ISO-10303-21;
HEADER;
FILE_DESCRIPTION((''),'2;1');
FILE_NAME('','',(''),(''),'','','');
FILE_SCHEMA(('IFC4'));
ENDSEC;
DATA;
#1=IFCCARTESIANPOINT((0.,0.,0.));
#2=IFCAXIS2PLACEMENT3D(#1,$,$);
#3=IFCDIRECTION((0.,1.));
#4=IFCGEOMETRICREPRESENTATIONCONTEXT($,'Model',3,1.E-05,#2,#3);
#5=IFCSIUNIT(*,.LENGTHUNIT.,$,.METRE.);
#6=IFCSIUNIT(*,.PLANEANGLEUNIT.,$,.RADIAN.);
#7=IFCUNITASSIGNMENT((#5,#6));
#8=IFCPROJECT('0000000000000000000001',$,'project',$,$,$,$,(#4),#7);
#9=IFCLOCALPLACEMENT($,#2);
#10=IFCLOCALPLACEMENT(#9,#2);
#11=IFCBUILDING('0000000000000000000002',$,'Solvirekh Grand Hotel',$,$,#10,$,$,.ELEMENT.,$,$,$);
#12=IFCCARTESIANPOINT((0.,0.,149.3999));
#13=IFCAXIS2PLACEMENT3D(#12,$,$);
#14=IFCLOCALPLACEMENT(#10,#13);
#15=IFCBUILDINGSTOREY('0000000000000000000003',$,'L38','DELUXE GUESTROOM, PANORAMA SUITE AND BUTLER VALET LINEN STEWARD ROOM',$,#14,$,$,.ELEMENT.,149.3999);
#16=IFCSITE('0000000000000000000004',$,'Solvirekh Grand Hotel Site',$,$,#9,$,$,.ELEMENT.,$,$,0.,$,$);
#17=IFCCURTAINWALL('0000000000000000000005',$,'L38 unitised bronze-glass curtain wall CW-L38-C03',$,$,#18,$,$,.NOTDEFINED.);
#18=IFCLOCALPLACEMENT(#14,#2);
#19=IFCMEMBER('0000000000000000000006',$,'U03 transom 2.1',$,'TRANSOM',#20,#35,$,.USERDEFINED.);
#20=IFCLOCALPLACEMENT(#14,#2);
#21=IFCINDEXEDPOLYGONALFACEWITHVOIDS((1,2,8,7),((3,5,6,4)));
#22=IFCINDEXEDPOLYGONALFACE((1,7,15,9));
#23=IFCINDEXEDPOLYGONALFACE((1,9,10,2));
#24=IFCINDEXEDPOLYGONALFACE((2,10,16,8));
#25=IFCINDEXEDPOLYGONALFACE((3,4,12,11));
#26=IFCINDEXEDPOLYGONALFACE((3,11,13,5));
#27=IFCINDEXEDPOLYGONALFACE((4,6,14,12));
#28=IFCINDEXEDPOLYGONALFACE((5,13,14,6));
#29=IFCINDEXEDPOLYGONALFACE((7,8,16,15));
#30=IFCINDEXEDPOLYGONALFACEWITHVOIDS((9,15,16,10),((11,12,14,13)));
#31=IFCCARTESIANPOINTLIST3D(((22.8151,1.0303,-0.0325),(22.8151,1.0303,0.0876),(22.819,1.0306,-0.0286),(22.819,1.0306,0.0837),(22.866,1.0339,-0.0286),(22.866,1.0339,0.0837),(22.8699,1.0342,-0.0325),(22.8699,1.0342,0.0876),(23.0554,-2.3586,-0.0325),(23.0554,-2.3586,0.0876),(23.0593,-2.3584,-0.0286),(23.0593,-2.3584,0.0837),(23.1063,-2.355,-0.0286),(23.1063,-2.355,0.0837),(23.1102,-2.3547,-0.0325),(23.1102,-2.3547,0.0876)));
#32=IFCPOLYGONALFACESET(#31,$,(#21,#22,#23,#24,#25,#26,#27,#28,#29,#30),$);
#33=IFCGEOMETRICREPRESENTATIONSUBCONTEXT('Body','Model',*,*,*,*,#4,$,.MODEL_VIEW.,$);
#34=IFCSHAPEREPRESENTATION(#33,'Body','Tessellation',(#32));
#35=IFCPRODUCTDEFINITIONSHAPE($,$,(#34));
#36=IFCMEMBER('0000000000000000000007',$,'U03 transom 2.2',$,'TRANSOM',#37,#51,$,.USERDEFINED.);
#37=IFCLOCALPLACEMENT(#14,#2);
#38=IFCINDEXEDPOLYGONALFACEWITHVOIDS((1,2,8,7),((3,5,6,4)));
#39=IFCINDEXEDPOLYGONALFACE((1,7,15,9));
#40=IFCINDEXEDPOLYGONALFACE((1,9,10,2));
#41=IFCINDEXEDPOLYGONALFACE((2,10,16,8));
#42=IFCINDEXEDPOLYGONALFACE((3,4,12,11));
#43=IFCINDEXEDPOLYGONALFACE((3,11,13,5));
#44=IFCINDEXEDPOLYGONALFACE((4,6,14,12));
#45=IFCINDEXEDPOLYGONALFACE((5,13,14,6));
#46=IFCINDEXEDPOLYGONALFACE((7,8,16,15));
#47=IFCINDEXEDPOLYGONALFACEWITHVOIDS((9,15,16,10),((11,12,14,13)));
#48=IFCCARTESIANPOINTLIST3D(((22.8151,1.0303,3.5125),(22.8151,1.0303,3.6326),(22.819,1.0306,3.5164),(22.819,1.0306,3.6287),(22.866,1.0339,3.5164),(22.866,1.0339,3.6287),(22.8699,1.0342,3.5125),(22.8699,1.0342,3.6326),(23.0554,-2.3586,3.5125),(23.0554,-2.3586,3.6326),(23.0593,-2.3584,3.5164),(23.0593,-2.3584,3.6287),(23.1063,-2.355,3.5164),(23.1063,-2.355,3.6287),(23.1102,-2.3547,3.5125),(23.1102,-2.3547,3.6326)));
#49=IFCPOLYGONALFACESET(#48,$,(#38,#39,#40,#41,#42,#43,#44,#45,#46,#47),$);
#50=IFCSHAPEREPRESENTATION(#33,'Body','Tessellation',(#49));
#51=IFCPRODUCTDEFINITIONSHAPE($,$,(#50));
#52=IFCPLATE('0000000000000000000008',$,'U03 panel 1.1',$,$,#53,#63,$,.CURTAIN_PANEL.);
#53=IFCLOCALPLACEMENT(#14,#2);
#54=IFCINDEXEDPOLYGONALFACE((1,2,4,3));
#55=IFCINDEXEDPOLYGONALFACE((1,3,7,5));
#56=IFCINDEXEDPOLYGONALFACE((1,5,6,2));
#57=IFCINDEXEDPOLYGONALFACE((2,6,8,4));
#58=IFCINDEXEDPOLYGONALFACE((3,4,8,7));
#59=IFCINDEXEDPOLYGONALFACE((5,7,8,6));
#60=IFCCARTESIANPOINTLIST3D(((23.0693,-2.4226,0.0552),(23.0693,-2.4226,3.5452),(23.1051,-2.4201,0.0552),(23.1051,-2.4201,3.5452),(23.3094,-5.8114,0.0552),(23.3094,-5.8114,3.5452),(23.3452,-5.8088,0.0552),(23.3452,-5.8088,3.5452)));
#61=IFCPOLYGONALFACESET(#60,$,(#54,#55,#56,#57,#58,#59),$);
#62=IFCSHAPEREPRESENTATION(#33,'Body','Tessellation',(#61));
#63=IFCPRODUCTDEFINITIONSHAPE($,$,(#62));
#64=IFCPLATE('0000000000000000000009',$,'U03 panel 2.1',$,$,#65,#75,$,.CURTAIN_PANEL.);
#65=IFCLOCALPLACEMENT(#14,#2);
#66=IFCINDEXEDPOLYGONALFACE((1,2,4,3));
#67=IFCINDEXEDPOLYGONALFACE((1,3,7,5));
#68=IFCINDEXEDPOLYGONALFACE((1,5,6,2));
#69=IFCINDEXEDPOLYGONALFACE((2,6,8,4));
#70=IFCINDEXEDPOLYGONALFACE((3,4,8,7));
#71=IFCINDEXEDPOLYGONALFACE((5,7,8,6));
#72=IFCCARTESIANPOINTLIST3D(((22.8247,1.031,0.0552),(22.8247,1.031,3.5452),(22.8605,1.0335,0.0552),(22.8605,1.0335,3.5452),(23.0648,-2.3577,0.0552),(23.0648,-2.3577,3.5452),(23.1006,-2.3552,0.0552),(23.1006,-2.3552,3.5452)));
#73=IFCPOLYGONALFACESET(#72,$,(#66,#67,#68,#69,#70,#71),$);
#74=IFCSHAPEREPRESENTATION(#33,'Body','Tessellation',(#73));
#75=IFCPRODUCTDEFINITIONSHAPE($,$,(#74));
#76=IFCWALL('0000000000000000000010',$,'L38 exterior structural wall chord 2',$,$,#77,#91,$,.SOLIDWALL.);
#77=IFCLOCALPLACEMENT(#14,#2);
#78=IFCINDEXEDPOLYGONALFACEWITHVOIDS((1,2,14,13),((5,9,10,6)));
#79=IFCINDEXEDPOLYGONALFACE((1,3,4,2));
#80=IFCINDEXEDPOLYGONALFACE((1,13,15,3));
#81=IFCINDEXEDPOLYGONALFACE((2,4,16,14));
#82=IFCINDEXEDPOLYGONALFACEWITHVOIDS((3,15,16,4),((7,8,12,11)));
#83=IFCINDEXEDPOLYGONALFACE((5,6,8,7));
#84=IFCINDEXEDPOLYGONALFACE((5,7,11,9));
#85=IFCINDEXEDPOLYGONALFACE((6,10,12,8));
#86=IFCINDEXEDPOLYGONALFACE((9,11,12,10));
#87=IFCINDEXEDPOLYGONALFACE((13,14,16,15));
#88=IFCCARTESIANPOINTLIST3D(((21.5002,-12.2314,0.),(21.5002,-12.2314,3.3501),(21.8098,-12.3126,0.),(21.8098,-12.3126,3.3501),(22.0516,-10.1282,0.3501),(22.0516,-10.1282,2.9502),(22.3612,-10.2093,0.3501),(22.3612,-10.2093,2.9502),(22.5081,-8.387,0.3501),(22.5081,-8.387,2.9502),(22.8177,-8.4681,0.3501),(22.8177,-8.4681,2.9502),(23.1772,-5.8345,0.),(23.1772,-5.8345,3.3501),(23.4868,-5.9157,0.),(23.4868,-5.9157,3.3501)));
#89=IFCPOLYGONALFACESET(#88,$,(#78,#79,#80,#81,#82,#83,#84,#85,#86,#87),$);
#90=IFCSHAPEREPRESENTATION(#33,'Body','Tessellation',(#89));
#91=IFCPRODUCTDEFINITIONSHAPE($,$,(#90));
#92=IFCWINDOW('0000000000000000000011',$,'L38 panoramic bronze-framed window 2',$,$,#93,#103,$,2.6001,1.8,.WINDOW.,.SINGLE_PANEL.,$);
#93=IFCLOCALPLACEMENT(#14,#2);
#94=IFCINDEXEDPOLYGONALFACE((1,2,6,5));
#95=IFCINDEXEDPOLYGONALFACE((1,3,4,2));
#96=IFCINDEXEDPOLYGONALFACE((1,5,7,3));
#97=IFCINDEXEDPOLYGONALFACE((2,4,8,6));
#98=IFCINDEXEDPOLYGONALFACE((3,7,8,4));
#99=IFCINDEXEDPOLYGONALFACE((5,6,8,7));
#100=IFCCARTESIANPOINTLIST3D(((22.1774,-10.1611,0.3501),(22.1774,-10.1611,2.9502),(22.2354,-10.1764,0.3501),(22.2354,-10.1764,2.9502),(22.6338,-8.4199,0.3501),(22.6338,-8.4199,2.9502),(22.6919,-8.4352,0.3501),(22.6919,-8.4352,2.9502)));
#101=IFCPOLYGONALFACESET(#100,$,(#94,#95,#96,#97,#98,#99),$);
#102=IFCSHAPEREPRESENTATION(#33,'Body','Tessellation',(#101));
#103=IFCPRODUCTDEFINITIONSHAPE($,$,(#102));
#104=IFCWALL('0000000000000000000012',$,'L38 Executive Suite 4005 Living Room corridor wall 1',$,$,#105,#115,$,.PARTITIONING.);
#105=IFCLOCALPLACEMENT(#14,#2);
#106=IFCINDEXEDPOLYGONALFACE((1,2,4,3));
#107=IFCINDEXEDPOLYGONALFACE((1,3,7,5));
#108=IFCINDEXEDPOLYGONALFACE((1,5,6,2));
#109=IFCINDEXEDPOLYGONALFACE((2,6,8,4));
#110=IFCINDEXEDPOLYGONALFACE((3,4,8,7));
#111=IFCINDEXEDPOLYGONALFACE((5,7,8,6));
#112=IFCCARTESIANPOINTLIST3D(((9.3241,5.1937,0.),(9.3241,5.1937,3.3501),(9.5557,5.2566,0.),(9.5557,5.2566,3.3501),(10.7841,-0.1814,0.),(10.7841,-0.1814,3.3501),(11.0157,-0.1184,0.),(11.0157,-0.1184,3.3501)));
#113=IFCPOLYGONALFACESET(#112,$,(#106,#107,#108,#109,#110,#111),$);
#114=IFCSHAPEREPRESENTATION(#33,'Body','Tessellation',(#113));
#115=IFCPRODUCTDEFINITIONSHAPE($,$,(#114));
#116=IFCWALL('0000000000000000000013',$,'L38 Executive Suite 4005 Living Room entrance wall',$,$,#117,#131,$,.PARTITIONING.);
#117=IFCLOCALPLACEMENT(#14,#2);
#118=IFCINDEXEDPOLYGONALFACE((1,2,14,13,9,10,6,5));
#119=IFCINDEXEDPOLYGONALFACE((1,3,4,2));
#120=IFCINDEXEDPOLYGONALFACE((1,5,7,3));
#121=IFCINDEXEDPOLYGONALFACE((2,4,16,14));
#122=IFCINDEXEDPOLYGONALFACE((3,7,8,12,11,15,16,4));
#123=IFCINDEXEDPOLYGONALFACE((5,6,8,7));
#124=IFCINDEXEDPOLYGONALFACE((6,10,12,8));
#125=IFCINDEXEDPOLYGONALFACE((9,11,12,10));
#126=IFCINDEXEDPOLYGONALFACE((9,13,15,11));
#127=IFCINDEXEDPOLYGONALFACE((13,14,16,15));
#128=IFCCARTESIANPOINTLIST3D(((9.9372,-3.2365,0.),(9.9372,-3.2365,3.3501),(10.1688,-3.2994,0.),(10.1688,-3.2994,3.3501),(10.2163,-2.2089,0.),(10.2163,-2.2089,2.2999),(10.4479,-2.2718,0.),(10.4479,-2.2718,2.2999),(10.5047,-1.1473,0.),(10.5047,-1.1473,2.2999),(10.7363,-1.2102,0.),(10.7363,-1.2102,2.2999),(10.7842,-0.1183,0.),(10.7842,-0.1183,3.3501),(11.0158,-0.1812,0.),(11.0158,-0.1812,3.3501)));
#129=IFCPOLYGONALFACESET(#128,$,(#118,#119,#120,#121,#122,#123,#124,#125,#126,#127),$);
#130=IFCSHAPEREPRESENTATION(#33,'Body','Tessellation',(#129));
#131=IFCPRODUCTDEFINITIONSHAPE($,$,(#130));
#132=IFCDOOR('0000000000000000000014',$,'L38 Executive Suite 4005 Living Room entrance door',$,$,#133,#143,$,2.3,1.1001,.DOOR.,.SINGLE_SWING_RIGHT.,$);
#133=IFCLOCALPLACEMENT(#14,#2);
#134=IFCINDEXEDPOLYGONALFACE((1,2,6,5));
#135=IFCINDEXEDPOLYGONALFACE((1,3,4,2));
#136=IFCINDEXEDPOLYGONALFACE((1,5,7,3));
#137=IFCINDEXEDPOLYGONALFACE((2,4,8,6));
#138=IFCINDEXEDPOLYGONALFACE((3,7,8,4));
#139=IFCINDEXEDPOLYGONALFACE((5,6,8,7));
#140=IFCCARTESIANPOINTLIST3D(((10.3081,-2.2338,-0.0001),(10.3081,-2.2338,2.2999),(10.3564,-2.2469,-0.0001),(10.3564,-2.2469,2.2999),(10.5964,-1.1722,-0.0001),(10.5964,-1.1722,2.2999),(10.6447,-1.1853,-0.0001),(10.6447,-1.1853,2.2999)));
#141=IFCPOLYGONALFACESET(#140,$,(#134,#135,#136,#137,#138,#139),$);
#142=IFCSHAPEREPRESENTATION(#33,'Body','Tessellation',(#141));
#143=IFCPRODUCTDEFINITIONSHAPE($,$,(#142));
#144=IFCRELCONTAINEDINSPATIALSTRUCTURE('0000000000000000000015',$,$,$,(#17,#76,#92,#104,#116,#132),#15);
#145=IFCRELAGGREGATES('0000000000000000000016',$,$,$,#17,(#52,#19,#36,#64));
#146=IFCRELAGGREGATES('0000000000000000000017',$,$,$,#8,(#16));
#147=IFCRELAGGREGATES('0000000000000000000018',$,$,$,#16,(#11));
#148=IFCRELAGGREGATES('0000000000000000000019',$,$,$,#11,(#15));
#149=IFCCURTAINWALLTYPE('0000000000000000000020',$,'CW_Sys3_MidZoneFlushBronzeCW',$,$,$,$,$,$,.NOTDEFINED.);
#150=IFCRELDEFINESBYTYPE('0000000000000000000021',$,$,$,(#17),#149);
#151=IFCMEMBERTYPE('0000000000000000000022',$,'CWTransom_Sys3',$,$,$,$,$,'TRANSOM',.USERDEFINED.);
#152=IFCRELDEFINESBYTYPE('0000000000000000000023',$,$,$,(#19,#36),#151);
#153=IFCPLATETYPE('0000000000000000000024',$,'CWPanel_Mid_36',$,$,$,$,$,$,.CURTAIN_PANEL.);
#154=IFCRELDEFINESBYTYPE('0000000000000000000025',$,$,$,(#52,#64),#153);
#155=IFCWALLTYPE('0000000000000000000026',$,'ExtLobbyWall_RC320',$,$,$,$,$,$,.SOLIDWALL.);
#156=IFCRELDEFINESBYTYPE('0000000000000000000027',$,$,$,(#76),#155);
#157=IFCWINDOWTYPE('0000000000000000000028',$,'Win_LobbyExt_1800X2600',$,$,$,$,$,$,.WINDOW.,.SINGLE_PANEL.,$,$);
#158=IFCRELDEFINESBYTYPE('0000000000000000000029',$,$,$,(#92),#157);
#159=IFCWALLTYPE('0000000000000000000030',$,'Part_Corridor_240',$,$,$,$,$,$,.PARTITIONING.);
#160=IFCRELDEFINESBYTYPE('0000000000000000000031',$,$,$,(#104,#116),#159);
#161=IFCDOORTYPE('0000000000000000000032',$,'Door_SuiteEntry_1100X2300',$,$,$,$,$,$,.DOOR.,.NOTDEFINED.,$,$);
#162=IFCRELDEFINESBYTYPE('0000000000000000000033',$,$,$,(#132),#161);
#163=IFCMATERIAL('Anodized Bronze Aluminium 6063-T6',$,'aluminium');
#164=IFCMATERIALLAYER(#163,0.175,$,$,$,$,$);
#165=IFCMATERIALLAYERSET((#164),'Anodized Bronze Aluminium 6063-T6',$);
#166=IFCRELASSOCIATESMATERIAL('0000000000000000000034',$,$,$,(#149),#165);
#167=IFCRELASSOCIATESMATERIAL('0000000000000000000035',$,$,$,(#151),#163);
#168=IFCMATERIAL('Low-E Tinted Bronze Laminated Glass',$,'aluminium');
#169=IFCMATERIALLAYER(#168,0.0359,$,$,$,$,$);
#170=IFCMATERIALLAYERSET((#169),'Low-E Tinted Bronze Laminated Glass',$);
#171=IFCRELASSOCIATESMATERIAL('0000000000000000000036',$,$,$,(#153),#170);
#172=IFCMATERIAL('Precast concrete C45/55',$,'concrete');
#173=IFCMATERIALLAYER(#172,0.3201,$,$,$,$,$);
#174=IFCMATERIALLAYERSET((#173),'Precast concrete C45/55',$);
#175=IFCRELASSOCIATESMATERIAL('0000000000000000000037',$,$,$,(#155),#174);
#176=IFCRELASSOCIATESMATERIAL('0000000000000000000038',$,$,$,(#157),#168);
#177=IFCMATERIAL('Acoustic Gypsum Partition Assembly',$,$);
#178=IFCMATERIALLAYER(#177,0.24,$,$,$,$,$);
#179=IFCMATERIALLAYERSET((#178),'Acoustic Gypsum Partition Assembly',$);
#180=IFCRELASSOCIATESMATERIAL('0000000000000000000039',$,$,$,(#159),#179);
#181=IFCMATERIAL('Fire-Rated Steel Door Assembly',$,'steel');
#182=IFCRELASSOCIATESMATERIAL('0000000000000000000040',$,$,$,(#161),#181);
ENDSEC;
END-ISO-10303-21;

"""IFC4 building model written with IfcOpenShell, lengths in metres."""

from ifc_helpers import new_model, si_unit, direction, frame, frame_2d, origin, origin_2d, place, context, subcontext, project, spatial, rectangle, hollow_rectangle, extrude, source, transform, mapped, material, layer, layer_set, material_profile, profile_set, type_object, element, fill, aggregate, save


model = new_model("IFC4")

# Units and contexts
model_context = context("Model", 3, precision=1e-05, world=origin(), true_north=direction((0.0, 1.0)))
body_context = subcontext(model_context, "Body", "Model", "MODEL_VIEW")
ifc_project = project(units=[si_unit("LENGTHUNIT", "METRE"), si_unit("PLANEANGLEUNIT", "RADIAN")], contexts=[model_context])

# Site, building, storey
site_placement = place(None, origin())
site = spatial("IfcSite", under=ifc_project, at=site_placement, Name="Solvirekh Grand Hotel Site", CompositionType="ELEMENT", RefElevation=0.0)
building_placement = place(site_placement, origin())
building = spatial("IfcBuilding", under=site, at=building_placement, Name="Solvirekh Grand Hotel", CompositionType="ELEMENT")
storey_placement = place(building_placement, frame((0.0, 0.0, 149.3999)))
storey = spatial("IfcBuildingStorey", under=building, at=storey_placement, Name="L38", Description="DELUXE GUESTROOM, PANORAMA SUITE AND BUTLER VALET LINEN STEWARD ROOM", CompositionType="ELEMENT", Elevation=149.3999)

# Curtain wall, members, plates
ifc_material_1 = material(Name="Anodized Bronze Aluminium 6063-T6", Category="aluminium")
ifc_layer_1 = layer(ifc_material_1, 0.175)
ifc_layer_set_1 = layer_set([ifc_layer_1], Name="Anodized Bronze Aluminium 6063-T6")
curtain_wall_type = type_object("IfcCurtainWallType", Name="CW_Sys3_MidZoneFlushBronzeCW", PredefinedType="NOTDEFINED", material=ifc_layer_set_1)
curtain_wall_placement = place(storey_placement, origin())
curtain_wall = element("IfcCurtainWall", 1, at=curtain_wall_placement, inside=storey, type_object=curtain_wall_type, Name="L38 unitised bronze-glass curtain wall CW-L38-C03", PredefinedType="NOTDEFINED")
ifc_material_profile_1 = material_profile(ifc_material_1, hollow_rectangle(XDim=0.0549, YDim=0.1201, WallThickness=0.0039, at=origin_2d()), Name="ALU RHS 120X55X4")
ifc_profile_set_1 = profile_set([ifc_material_profile_1], Name="Anodized Bronze Aluminium 6063-T6")
member_type_1 = type_object("IfcMemberType", Name="CWTransom_Sys3", ElementType="TRANSOM", PredefinedType="USERDEFINED", material=ifc_profile_set_1)
shared_shape_1 = source(origin(), body_context, "Body", "SweptSolid", [
    extrude(hollow_rectangle(XDim=0.0549, YDim=0.1201, WallThickness=0.0039, at=origin_2d()), origin(), (0.0, 0.0, 1.0), 3.3975),
])
member_1_placement = place(storey_placement, frame((23.0828, -2.3567, 0.0276), z_axis=(-0.070711, 0.997497, 0.0), x_axis=(-0.997497, -0.070711, 0.0)))
member_1 = element("IfcMember", 2, at=member_1_placement, type_object=member_type_1, Name="U03 transom 2.1", ObjectType="TRANSOM", PredefinedType="USERDEFINED", context=body_context, shape_type="MappedRepresentation", body=[
    mapped(shared_shape_1, transform((0.0, 0.0, 0.0), x_axis=(1.0, 0.0, 0.0), y_axis=(0.0, 1.0, 0.0), z_axis=(0.0, 0.0, 1.0), scale=1.0)),
])
member_2_placement = place(storey_placement, frame((23.0828, -2.3567, 3.5725), z_axis=(-0.070711, 0.997497, 0.0), x_axis=(-0.997497, -0.070711, 0.0)))
member_2 = element("IfcMember", 3, at=member_2_placement, type_object=member_type_1, Name="U03 transom 2.2", ObjectType="TRANSOM", PredefinedType="USERDEFINED", context=body_context, shape_type="MappedRepresentation", body=[
    mapped(shared_shape_1, transform((0.0, 0.0, 0.0), x_axis=(1.0, 0.0, 0.0), y_axis=(0.0, 1.0, 0.0), z_axis=(0.0, 0.0, 1.0), scale=1.0)),
])
ifc_material_2 = material(Name="Low-E Tinted Bronze Laminated Glass", Category="aluminium")
ifc_layer_2 = layer(ifc_material_2, 0.0359)
ifc_layer_set_2 = layer_set([ifc_layer_2], Name="Low-E Tinted Bronze Laminated Glass")
plate_type = type_object("IfcPlateType", Name="CWPanel_Mid_36", PredefinedType="CURTAIN_PANEL", material=ifc_layer_set_2)
shared_shape_2 = source(origin(), body_context, "Body", "SweptSolid", [
    extrude(rectangle(XDim=3.3972, YDim=0.0359, at=origin_2d()), origin(), (0.0, 0.0, 1.0), 3.49),
])
plate_1_placement = place(storey_placement, frame((23.2073, -4.1157, 0.0552), z_axis=(0.0, 0.0, 1.0), x_axis=(-0.070678, 0.997499, 0.0)))
plate_1 = element("IfcPlate", 4, at=plate_1_placement, type_object=plate_type, Name="U03 panel 1.1", PredefinedType="CURTAIN_PANEL", context=body_context, shape_type="MappedRepresentation", body=[
    mapped(shared_shape_2, transform((0.0, 0.0, 0.0), x_axis=(1.0, 0.0, 0.0), y_axis=(0.0, 1.0, 0.0), z_axis=(0.0, 0.0, 1.0), scale=1.0)),
])
plate_2_placement = place(storey_placement, frame((22.9626, -0.6621, 0.0552), z_axis=(0.0, 0.0, 1.0), x_axis=(-0.070678, 0.997499, 0.0)))
plate_2 = element("IfcPlate", 5, at=plate_2_placement, type_object=plate_type, Name="U03 panel 2.1", PredefinedType="CURTAIN_PANEL", context=body_context, shape_type="MappedRepresentation", body=[
    mapped(shared_shape_2, transform((0.0, 0.0, 0.0), x_axis=(1.0, 0.0, 0.0), y_axis=(0.0, 1.0, 0.0), z_axis=(0.0, 0.0, 1.0), scale=1.0)),
])
aggregate(curtain_wall, [plate_1, member_1, member_2, plate_2])

# Wall, opening, window
ifc_material_3 = material(Name="Precast concrete C45/55", Category="concrete")
ifc_layer_3 = layer(ifc_material_3, 0.3201)
ifc_layer_set_3 = layer_set([ifc_layer_3], Name="Precast concrete C45/55")
wall_type_1 = type_object("IfcWallType", Name="ExtLobbyWall_RC320", PredefinedType="SOLIDWALL", material=ifc_layer_set_3)
wall_1_placement = place(storey_placement, frame((23.332, -5.875, 0.0), z_axis=(0.0, 0.0, 1.0), x_axis=(-0.253586, -0.967313, 0.0)))
wall_1 = element("IfcWall", 6, at=wall_1_placement, inside=storey, type_object=wall_type_1, Name="L38 exterior structural wall chord 2", PredefinedType="SOLIDWALL", context=body_context, shape_type="SweptSolid", body=[
    extrude(rectangle(XDim=6.613, YDim=0.3201, at=frame_2d((3.3066, 0.0))), origin(), (0.0, 0.0, 1.0), 3.3501),
])
opening_1_placement = place(wall_1_placement, frame((2.6389, 0.0, 0.3501)))
opening_1 = element("IfcOpeningElement", 7, at=opening_1_placement, cuts=wall_1, PredefinedType="OPENING", context=body_context, shape_type="SweptSolid", body=[
    extrude(rectangle(XDim=1.8, YDim=2.6001, at=frame_2d((0.8999, 1.3))), frame((0.0, 0.1699, 0.0), z_axis=(0.0, -1.0, 0.0), x_axis=(1.0, 0.0, 0.0)), (0.0, 0.0, 1.0), 0.3401),
])
window_type = type_object("IfcWindowType", Name="Win_LobbyExt_1800X2600", PartitioningType="SINGLE_PANEL", PredefinedType="WINDOW", material=ifc_material_2)
window_placement = place(opening_1_placement, origin())
window = element("IfcWindow", 8, at=window_placement, inside=storey, type_object=window_type, Name="L38 panoramic bronze-framed window 2", OverallHeight=2.6001, OverallWidth=1.8, PartitioningType="SINGLE_PANEL", PredefinedType="WINDOW", context=body_context, shape_type="SweptSolid", body=[
    extrude(rectangle(XDim=1.8, YDim=2.6001, at=frame_2d((0.8999, 1.3))), frame((0.0, 0.03, 0.0), z_axis=(0.0, -1.0, 0.0), x_axis=(1.0, 0.0, 0.0)), (0.0, 0.0, 1.0), 0.0601),
])
fill(opening_1, window)

# Wall
ifc_material_4 = material(Name="Acoustic Gypsum Partition Assembly")
ifc_layer_4 = layer(ifc_material_4, 0.24)
ifc_layer_set_4 = layer_set([ifc_layer_4], Name="Acoustic Gypsum Partition Assembly")
wall_type_2 = type_object("IfcWallType", Name="Part_Corridor_240", PredefinedType="PARTITIONING", material=ifc_layer_set_4)
wall_2_placement = place(storey_placement, frame((10.8999, -0.1499, 0.0), z_axis=(0.0, 0.0, 1.0), x_axis=(-0.262123, 0.965034, 0.0)))
element("IfcWall", 9, at=wall_2_placement, inside=storey, type_object=wall_type_2, Name="L38 Executive Suite 4005 Living Room corridor wall 1", PredefinedType="PARTITIONING", context=body_context, shape_type="SweptSolid", body=[
    extrude(rectangle(XDim=5.5698, YDim=0.24, at=frame_2d((2.7849, 0.0))), origin(), (0.0, 0.0, 1.0), 3.3501),
])

# Wall, opening, door
wall_3_placement = place(storey_placement, frame((10.053, -3.2681, 0.0), z_axis=(0.0, 0.0, 1.0), x_axis=(0.262113, 0.965037, 0.0)))
wall_3 = element("IfcWall", 10, at=wall_3_placement, inside=storey, type_object=wall_type_2, Name="L38 Executive Suite 4005 Living Room entrance wall", PredefinedType="PARTITIONING", context=body_context, shape_type="SweptSolid", body=[
    extrude(rectangle(XDim=3.2312, YDim=0.24, at=frame_2d((1.6157, 0.0))), origin(), (0.0, 0.0, 1.0), 3.3501),
])
opening_2_placement = place(wall_3_placement, frame((1.0649, 0.0, 0.0)))
opening_2 = element("IfcOpeningElement", 11, at=opening_2_placement, cuts=wall_3, PredefinedType="OPENING", context=body_context, shape_type="SweptSolid", body=[
    extrude(rectangle(XDim=1.1001, YDim=2.3, at=frame_2d((0.55, 1.1499))), frame((0.0, 0.1299, 0.0), z_axis=(0.0, -1.0, 0.0), x_axis=(1.0, 0.0, 0.0)), (0.0, 0.0, 1.0), 0.26),
])
ifc_material_5 = material(Name="Fire-Rated Steel Door Assembly", Category="steel")
door_type_1 = type_object("IfcDoorType", Name="Door_SuiteEntry_1100X2300", OperationType="NOTDEFINED", PredefinedType="DOOR", material=ifc_material_5)
door_1_placement = place(opening_2_placement, origin())
door_1 = element("IfcDoor", 12, at=door_1_placement, inside=storey, type_object=door_type_1, Name="L38 Executive Suite 4005 Living Room entrance door", OperationType="SINGLE_SWING_RIGHT", OverallHeight=2.3, OverallWidth=1.1001, PredefinedType="DOOR", context=body_context, shape_type="SweptSolid", body=[
    extrude(rectangle(XDim=1.1001, YDim=2.3, at=frame_2d((0.55, 1.1499))), frame((0.0, 0.0249, 0.0), z_axis=(0.0, -1.0, 0.0), x_axis=(1.0, 0.0, 0.0)), (0.0, 0.0, 1.0), 0.05),
])
fill(opening_2, door_1)

save(model, "model.ifc")
